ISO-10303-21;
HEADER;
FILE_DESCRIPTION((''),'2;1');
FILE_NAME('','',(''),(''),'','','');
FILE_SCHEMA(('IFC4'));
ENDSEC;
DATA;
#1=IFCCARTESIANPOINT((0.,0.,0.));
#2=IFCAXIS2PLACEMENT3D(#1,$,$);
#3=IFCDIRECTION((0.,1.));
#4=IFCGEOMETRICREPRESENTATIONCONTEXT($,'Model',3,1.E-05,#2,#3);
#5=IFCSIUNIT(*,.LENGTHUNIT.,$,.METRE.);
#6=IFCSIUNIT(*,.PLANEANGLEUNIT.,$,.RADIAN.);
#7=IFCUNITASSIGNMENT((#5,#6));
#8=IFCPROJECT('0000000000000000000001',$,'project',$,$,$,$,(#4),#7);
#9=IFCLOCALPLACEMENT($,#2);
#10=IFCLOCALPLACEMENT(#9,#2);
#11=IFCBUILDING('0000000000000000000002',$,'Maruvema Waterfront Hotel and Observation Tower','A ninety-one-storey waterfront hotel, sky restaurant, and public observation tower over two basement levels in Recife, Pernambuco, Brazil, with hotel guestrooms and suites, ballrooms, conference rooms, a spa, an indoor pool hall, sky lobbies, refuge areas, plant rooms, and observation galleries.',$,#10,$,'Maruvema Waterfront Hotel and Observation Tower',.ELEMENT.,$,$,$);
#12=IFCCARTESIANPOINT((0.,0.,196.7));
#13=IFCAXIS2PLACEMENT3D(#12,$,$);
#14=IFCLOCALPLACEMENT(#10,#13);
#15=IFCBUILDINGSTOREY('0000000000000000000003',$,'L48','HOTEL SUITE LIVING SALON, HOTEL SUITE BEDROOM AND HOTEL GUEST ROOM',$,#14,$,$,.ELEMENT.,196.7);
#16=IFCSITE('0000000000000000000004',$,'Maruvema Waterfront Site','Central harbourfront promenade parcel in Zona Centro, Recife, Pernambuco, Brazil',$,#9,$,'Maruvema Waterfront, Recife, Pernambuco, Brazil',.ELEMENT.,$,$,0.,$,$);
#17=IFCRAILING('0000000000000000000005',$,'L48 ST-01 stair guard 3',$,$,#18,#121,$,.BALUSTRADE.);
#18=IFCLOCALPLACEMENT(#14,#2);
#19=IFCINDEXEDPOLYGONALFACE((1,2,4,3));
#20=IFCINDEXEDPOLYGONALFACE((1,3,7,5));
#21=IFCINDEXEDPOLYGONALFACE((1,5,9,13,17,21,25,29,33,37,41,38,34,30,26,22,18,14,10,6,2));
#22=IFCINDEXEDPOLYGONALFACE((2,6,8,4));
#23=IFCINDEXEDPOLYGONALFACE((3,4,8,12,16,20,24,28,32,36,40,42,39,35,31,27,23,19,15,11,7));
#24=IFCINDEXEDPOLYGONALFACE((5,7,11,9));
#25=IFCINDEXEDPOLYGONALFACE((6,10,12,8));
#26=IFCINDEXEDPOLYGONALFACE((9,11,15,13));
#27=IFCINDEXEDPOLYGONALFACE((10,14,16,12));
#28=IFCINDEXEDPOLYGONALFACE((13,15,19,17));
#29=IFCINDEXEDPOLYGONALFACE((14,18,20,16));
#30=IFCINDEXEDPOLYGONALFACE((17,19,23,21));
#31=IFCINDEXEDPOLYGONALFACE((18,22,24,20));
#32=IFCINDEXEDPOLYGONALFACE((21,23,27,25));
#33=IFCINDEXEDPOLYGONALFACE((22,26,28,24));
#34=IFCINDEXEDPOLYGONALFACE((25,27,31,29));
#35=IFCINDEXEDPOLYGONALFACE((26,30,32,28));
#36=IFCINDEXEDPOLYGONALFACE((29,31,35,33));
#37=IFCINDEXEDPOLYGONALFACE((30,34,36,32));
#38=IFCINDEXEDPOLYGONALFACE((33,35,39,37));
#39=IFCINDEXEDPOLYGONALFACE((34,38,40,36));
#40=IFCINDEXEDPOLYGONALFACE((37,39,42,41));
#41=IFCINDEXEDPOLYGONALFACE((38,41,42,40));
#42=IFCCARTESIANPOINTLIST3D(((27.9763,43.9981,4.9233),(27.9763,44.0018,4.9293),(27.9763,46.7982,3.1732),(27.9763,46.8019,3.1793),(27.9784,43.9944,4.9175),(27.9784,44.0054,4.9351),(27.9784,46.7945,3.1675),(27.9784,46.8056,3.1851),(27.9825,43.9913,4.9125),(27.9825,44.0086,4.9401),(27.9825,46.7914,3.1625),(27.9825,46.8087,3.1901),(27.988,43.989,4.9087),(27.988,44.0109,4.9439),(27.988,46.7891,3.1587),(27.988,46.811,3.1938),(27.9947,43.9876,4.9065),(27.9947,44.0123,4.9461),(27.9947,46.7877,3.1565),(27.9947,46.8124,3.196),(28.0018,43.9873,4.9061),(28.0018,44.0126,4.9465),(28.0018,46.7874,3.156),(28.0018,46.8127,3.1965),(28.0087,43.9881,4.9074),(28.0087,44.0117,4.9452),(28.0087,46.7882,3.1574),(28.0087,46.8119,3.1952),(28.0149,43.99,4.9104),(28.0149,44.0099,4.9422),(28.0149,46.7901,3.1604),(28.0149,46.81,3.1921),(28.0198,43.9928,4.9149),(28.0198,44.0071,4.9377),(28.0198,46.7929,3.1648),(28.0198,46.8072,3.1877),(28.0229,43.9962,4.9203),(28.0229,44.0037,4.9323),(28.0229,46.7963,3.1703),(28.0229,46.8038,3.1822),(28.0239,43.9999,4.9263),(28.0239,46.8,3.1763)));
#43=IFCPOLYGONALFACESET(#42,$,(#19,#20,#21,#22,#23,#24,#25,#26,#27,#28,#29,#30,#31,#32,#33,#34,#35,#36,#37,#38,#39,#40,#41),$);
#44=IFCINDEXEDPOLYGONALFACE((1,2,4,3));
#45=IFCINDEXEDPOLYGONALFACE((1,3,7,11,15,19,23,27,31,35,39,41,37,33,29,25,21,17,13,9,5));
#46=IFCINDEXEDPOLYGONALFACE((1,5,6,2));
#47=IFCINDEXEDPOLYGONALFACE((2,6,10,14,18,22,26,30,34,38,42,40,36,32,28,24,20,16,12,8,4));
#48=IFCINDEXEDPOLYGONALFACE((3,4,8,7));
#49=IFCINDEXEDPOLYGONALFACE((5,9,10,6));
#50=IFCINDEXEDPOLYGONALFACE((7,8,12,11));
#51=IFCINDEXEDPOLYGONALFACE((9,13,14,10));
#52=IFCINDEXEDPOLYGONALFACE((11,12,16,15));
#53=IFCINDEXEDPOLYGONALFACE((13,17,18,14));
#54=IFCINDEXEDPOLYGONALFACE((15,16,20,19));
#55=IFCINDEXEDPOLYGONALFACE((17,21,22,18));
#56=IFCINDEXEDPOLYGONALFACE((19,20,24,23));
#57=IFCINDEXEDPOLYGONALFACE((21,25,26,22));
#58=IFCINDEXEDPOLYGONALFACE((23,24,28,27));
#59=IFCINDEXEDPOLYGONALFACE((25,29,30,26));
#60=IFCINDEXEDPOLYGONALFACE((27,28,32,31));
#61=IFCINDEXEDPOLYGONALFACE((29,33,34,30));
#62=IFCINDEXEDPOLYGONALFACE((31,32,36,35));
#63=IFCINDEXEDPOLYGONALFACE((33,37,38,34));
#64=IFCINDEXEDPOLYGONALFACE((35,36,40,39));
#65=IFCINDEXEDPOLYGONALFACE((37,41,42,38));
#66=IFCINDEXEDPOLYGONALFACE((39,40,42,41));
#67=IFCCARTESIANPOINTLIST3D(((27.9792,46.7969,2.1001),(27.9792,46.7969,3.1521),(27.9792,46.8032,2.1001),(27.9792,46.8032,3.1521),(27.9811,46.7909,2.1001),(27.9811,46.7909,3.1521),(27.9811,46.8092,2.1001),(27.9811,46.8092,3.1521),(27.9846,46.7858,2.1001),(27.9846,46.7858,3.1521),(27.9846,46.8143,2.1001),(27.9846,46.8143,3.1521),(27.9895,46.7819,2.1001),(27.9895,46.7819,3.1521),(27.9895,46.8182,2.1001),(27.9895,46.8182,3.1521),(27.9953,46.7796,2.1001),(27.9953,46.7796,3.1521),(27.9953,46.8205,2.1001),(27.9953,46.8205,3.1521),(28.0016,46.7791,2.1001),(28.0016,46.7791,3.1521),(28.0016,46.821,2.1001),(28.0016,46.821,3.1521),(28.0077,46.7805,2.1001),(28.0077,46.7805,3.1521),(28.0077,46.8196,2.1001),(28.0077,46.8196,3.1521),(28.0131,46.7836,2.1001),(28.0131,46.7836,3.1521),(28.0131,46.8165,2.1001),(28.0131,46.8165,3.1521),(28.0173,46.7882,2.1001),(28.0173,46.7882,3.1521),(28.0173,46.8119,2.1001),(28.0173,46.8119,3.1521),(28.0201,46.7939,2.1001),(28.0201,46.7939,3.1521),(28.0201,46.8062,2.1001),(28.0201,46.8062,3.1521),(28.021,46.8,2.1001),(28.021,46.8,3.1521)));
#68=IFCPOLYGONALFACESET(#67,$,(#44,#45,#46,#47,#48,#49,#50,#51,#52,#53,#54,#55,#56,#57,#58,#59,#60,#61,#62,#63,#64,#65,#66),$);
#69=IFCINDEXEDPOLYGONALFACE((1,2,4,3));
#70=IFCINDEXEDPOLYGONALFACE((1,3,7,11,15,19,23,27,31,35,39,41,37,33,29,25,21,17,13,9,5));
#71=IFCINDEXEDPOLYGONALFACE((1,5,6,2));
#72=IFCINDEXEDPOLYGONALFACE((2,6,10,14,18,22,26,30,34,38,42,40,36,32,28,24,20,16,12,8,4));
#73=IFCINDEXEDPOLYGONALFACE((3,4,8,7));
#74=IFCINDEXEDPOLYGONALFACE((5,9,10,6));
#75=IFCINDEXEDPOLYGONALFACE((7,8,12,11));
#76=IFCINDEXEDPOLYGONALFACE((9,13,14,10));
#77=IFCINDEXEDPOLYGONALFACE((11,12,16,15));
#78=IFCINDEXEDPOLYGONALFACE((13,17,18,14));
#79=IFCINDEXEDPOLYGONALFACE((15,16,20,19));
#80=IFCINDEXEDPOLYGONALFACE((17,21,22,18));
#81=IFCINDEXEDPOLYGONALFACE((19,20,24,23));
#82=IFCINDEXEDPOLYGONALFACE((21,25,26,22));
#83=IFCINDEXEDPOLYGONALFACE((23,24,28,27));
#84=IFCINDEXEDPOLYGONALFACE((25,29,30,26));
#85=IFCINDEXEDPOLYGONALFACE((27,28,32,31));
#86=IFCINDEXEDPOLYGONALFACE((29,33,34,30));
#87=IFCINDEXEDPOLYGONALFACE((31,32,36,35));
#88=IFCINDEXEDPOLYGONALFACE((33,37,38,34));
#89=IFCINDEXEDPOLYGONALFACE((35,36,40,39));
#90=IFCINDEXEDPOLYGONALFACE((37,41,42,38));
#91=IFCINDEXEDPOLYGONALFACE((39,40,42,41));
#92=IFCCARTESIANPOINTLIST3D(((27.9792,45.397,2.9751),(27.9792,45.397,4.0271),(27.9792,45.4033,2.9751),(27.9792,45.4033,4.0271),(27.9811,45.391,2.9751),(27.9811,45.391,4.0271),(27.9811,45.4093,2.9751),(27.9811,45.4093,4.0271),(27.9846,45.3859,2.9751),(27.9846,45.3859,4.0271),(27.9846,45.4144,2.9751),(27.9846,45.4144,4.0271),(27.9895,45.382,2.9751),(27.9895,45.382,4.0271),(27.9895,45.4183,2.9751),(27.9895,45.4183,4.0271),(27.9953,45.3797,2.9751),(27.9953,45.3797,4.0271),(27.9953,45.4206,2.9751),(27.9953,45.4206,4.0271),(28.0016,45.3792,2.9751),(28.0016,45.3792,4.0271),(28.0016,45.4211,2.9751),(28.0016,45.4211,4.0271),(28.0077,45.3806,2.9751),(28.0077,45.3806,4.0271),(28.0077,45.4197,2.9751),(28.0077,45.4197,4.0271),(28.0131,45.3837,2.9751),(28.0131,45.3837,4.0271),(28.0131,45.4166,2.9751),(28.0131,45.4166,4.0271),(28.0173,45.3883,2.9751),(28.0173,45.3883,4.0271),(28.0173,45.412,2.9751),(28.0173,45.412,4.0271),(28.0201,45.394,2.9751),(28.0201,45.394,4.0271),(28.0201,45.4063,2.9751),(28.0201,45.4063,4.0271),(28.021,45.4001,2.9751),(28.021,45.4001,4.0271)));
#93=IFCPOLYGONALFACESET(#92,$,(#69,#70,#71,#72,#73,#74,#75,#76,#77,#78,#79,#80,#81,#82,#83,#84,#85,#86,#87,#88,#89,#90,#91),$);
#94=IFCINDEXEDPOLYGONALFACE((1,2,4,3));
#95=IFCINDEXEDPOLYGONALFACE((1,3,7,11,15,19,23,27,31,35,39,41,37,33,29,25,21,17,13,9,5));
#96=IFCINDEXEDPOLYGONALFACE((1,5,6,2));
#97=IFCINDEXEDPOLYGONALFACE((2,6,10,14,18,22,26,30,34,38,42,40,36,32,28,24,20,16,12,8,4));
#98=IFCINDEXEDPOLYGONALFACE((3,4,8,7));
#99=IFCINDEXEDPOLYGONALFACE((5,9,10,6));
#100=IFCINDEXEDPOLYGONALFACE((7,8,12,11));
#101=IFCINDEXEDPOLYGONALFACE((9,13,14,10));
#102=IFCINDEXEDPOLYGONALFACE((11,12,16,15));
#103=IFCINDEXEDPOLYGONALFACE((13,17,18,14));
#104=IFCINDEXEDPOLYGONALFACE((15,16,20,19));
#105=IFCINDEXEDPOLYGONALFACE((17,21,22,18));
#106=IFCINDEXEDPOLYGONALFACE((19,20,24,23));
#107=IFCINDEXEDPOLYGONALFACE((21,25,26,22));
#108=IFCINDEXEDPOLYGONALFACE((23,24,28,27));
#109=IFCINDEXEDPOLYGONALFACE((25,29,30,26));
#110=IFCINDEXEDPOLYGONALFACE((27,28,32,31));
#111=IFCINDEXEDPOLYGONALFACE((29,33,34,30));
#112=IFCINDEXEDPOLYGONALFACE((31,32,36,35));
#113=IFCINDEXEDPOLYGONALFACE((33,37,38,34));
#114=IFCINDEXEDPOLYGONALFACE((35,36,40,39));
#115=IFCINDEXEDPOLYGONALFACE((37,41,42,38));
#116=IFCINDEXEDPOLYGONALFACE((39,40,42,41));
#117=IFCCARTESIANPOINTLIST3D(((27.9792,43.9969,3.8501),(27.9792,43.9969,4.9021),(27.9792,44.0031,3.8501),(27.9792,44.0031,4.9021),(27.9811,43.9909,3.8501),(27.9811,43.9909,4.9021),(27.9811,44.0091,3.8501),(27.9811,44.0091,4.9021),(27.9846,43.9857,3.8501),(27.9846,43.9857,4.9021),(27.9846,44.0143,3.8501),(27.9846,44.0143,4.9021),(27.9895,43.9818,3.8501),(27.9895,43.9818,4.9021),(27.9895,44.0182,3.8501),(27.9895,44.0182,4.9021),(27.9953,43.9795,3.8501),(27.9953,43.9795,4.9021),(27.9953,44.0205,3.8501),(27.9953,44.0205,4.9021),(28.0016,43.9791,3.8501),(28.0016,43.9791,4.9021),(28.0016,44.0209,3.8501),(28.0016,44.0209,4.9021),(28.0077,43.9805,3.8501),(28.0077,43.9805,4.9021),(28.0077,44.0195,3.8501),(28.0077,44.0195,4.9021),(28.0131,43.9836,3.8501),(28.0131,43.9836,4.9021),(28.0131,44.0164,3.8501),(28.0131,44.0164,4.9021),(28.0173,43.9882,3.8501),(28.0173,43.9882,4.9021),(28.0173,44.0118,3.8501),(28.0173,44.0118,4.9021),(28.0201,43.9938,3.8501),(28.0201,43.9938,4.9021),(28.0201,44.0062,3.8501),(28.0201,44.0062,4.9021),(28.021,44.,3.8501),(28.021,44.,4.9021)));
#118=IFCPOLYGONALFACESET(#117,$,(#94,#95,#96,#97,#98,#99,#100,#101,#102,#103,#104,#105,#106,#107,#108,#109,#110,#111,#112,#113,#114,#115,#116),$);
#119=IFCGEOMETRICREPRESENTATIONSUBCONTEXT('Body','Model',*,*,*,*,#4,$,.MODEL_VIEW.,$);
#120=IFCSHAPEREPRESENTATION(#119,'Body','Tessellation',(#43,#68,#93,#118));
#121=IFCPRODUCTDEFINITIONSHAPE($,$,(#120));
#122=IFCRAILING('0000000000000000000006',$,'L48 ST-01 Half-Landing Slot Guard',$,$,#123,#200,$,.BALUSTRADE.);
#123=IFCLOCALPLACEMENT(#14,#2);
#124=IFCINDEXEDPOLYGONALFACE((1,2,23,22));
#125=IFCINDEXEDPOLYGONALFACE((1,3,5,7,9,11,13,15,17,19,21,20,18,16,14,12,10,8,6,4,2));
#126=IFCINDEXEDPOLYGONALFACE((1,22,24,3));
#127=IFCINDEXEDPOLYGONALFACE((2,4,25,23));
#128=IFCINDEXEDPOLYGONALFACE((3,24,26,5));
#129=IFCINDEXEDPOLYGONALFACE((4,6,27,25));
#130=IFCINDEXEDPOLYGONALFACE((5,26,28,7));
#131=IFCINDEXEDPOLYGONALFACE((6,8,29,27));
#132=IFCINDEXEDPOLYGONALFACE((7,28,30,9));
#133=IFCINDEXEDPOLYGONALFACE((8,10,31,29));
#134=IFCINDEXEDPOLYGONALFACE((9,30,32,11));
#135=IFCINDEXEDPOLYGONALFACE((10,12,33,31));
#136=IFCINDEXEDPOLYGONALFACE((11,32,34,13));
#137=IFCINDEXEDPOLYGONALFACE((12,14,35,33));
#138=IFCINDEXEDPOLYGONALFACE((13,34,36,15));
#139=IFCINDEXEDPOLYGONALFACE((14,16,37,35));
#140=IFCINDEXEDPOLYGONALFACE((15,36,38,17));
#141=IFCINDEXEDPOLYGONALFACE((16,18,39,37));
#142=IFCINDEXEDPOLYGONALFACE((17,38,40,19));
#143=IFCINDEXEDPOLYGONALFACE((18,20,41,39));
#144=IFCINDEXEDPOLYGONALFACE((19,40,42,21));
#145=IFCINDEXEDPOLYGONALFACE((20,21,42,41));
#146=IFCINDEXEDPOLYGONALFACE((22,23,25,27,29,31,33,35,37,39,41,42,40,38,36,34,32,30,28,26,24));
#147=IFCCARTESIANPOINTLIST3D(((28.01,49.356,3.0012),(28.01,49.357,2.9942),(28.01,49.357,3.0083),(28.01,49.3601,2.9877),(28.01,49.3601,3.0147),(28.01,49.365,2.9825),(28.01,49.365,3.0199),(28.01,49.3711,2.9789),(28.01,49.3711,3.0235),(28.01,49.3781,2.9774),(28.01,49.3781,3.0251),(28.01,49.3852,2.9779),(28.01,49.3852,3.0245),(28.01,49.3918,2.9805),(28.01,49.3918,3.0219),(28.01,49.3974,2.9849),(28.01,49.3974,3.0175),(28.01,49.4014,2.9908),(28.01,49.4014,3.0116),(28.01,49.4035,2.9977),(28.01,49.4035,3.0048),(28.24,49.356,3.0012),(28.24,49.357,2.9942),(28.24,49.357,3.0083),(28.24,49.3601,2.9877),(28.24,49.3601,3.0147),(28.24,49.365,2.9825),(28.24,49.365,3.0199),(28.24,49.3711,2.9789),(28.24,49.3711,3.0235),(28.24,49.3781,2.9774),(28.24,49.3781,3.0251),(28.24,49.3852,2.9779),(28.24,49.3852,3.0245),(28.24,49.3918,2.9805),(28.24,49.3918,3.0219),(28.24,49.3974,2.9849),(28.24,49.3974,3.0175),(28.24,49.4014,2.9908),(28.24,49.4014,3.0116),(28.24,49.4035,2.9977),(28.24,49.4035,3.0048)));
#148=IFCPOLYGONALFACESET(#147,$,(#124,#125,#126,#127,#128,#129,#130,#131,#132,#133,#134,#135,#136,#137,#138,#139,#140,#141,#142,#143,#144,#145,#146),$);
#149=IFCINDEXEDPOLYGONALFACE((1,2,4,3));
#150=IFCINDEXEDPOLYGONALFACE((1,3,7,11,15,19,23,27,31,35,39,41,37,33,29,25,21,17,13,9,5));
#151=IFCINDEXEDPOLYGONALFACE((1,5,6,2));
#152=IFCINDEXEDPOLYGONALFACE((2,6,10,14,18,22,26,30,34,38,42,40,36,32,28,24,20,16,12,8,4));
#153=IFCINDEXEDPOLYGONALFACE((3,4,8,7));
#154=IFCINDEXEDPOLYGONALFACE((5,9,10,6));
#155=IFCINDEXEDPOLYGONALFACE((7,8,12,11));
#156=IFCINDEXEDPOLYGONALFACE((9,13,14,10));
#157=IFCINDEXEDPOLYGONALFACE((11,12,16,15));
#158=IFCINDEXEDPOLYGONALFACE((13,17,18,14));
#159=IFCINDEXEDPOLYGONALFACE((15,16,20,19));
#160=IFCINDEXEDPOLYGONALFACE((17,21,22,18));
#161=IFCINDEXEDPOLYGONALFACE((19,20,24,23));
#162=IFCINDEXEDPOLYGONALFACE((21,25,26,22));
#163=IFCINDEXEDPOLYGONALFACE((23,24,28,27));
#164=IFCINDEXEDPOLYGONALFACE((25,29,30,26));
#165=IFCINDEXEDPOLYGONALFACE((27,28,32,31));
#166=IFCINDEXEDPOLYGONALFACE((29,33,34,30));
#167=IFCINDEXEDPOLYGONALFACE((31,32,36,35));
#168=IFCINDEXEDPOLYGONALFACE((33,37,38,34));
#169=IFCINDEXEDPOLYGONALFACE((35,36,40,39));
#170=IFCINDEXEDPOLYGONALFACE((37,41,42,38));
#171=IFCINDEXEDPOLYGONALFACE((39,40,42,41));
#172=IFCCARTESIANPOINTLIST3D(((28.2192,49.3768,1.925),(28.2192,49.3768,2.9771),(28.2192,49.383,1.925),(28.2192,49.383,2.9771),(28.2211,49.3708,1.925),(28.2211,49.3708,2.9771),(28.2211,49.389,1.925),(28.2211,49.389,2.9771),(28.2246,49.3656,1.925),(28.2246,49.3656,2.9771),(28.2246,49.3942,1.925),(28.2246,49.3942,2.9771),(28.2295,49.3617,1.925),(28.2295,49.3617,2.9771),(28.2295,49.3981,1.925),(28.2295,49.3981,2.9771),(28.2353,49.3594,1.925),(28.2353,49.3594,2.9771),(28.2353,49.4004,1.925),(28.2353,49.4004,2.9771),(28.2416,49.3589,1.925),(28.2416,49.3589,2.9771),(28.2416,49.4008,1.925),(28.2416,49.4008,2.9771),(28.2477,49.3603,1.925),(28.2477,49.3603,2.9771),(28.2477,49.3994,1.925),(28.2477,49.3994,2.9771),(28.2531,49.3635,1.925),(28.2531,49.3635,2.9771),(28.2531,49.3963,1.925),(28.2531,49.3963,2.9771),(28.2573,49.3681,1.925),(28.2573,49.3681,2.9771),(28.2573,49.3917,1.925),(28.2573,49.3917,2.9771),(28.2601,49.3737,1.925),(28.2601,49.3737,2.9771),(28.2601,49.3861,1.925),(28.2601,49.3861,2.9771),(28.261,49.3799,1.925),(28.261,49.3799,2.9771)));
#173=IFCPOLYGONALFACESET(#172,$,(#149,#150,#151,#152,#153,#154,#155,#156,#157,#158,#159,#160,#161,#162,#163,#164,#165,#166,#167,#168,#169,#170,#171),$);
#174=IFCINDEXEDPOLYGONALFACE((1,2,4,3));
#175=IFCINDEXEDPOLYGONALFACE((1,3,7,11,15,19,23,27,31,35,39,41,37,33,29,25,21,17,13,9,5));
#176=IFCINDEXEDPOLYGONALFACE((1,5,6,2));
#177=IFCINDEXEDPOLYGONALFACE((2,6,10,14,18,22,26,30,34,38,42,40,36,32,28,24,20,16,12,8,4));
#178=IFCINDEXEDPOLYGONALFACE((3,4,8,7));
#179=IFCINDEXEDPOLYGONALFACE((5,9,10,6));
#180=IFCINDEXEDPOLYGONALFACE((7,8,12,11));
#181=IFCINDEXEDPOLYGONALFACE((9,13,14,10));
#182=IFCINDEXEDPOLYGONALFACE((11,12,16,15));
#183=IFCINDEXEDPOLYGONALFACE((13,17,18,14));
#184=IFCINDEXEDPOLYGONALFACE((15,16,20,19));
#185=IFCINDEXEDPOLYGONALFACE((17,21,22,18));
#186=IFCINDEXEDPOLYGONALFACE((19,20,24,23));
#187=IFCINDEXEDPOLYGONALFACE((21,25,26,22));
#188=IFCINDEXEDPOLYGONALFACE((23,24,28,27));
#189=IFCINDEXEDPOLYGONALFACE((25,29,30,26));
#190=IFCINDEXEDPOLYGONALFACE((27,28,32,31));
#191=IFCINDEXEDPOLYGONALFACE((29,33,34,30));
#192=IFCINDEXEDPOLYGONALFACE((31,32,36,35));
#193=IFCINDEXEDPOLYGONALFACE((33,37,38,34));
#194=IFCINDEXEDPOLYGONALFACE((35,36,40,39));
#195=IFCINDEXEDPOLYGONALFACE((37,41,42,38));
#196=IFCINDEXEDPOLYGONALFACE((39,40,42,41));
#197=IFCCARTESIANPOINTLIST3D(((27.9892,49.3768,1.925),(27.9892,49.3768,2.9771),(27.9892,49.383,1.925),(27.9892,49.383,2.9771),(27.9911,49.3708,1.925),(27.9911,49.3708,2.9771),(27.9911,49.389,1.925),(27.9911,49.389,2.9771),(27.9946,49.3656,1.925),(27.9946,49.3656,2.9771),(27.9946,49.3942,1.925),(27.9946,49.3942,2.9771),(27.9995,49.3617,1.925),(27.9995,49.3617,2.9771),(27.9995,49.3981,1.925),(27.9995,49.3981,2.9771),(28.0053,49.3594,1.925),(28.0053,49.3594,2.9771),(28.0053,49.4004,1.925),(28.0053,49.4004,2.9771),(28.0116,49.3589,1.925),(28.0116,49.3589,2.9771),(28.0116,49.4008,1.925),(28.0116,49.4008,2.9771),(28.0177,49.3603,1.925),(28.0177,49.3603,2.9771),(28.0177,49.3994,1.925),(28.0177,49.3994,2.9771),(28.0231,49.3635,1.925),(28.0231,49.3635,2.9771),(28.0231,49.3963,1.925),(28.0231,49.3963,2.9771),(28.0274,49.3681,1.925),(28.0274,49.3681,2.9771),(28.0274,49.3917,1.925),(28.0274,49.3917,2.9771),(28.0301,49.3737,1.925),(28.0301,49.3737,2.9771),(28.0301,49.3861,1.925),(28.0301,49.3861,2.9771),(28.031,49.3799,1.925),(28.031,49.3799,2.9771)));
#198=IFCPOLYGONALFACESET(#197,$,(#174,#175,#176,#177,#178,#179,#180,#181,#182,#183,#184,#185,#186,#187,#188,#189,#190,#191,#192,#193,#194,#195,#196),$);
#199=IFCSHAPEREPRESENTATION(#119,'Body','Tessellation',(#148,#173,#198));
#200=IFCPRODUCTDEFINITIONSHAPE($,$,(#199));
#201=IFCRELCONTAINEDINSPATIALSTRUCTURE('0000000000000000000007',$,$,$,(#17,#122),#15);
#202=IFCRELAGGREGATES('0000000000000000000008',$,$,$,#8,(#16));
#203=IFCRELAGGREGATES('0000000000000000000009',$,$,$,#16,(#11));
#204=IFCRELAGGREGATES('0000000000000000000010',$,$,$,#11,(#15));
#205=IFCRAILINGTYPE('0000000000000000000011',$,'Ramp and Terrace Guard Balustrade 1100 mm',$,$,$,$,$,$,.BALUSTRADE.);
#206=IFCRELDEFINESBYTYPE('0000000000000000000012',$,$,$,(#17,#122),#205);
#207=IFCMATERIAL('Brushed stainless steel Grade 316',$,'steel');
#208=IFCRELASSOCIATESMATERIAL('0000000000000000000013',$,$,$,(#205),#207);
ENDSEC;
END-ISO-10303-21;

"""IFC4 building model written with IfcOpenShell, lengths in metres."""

from ifc_helpers import new_model, si_unit, direction, frame, origin, origin_2d, place, context, subcontext, project, spatial, circle, extrude, material, type_object, element, save


model = new_model("IFC4")

# Units and contexts
model_context = context("Model", 3, precision=1e-05, world=origin(), true_north=direction((0.0, 1.0)))
body_context = subcontext(model_context, "Body", "Model", "MODEL_VIEW")
ifc_project = project(units=[si_unit("LENGTHUNIT", "METRE"), si_unit("PLANEANGLEUNIT", "RADIAN")], contexts=[model_context])

# Site, building, storey
site_placement = place(None, origin())
site = spatial("IfcSite", under=ifc_project, at=site_placement, Name="Maruvema Waterfront Site", Description="Central harbourfront promenade parcel in Zona Centro, Recife, Pernambuco, Brazil", LongName="Maruvema Waterfront, Recife, Pernambuco, Brazil", CompositionType="ELEMENT", RefElevation=0.0)
building_placement = place(site_placement, origin())
building = spatial("IfcBuilding", under=site, at=building_placement, Name="Maruvema Waterfront Hotel and Observation Tower", Description="A ninety-one-storey waterfront hotel, sky restaurant, and public observation tower over two basement levels in Recife, Pernambuco, Brazil, with hotel guestrooms and suites, ballrooms, conference rooms, a spa, an indoor pool hall, sky lobbies, refuge areas, plant rooms, and observation galleries.", LongName="Maruvema Waterfront Hotel and Observation Tower", CompositionType="ELEMENT")
storey_placement = place(building_placement, frame((0.0, 0.0, 196.7)))
storey = spatial("IfcBuildingStorey", under=building, at=storey_placement, Name="L48", Description="HOTEL SUITE LIVING SALON, HOTEL SUITE BEDROOM AND HOTEL GUEST ROOM", CompositionType="ELEMENT", Elevation=196.7)

# Railings
ifc_material_1 = material(Name="Brushed stainless steel Grade 316", Category="steel")
railing_type_1 = type_object("IfcRailingType", Name="Ramp and Terrace Guard Balustrade 1100 mm", PredefinedType="BALUSTRADE", material=ifc_material_1)
railing_1_placement = place(storey_placement, frame((28.0, 46.8, 2.1001)))
element("IfcRailing", 1, at=railing_1_placement, inside=storey, type_object=railing_type_1, Name="L48 ST-01 stair guard 3", PredefinedType="BALUSTRADE", context=body_context, shape_type="SweptSolid", body=[
    extrude(circle(Radius=0.0239, at=origin_2d()), frame((0.0, 0.0, 1.0762), z_axis=(0.0, -0.848002, 0.529992), x_axis=(1.0, 0.0, 0.0)), (0.0, 0.0, 1.0), 3.302),
    extrude(circle(Radius=0.021, at=origin_2d()), origin(), (0.0, 0.0, 1.0), 1.052),
    extrude(circle(Radius=0.021, at=origin_2d()), frame((0.0, -1.3999, 0.875)), (0.0, 0.0, 1.0), 1.052),
    extrude(circle(Radius=0.021, at=origin_2d()), frame((0.0, -2.8, 1.75)), (0.0, 0.0, 1.0), 1.052),
])
railing_2_placement = place(storey_placement, frame((28.24, 49.3799, 1.925)))
element("IfcRailing", 2, at=railing_2_placement, inside=storey, type_object=railing_type_1, Name="L48 ST-01 Half-Landing Slot Guard", PredefinedType="BALUSTRADE", context=body_context, shape_type="SweptSolid", body=[
    extrude(circle(Radius=0.0239, at=origin_2d()), frame((0.0, 0.0, 1.0762), z_axis=(-1.0, 0.0, 0.0), x_axis=(0.0, -1.0, 0.0)), (0.0, 0.0, 1.0), 0.23),
    extrude(circle(Radius=0.021, at=origin_2d()), origin(), (0.0, 0.0, 1.0), 1.052),
    extrude(circle(Radius=0.021, at=origin_2d()), frame((-0.23, 0.0, 0.0)), (0.0, 0.0, 1.0), 1.052),
])

save(model, "model.ifc")
